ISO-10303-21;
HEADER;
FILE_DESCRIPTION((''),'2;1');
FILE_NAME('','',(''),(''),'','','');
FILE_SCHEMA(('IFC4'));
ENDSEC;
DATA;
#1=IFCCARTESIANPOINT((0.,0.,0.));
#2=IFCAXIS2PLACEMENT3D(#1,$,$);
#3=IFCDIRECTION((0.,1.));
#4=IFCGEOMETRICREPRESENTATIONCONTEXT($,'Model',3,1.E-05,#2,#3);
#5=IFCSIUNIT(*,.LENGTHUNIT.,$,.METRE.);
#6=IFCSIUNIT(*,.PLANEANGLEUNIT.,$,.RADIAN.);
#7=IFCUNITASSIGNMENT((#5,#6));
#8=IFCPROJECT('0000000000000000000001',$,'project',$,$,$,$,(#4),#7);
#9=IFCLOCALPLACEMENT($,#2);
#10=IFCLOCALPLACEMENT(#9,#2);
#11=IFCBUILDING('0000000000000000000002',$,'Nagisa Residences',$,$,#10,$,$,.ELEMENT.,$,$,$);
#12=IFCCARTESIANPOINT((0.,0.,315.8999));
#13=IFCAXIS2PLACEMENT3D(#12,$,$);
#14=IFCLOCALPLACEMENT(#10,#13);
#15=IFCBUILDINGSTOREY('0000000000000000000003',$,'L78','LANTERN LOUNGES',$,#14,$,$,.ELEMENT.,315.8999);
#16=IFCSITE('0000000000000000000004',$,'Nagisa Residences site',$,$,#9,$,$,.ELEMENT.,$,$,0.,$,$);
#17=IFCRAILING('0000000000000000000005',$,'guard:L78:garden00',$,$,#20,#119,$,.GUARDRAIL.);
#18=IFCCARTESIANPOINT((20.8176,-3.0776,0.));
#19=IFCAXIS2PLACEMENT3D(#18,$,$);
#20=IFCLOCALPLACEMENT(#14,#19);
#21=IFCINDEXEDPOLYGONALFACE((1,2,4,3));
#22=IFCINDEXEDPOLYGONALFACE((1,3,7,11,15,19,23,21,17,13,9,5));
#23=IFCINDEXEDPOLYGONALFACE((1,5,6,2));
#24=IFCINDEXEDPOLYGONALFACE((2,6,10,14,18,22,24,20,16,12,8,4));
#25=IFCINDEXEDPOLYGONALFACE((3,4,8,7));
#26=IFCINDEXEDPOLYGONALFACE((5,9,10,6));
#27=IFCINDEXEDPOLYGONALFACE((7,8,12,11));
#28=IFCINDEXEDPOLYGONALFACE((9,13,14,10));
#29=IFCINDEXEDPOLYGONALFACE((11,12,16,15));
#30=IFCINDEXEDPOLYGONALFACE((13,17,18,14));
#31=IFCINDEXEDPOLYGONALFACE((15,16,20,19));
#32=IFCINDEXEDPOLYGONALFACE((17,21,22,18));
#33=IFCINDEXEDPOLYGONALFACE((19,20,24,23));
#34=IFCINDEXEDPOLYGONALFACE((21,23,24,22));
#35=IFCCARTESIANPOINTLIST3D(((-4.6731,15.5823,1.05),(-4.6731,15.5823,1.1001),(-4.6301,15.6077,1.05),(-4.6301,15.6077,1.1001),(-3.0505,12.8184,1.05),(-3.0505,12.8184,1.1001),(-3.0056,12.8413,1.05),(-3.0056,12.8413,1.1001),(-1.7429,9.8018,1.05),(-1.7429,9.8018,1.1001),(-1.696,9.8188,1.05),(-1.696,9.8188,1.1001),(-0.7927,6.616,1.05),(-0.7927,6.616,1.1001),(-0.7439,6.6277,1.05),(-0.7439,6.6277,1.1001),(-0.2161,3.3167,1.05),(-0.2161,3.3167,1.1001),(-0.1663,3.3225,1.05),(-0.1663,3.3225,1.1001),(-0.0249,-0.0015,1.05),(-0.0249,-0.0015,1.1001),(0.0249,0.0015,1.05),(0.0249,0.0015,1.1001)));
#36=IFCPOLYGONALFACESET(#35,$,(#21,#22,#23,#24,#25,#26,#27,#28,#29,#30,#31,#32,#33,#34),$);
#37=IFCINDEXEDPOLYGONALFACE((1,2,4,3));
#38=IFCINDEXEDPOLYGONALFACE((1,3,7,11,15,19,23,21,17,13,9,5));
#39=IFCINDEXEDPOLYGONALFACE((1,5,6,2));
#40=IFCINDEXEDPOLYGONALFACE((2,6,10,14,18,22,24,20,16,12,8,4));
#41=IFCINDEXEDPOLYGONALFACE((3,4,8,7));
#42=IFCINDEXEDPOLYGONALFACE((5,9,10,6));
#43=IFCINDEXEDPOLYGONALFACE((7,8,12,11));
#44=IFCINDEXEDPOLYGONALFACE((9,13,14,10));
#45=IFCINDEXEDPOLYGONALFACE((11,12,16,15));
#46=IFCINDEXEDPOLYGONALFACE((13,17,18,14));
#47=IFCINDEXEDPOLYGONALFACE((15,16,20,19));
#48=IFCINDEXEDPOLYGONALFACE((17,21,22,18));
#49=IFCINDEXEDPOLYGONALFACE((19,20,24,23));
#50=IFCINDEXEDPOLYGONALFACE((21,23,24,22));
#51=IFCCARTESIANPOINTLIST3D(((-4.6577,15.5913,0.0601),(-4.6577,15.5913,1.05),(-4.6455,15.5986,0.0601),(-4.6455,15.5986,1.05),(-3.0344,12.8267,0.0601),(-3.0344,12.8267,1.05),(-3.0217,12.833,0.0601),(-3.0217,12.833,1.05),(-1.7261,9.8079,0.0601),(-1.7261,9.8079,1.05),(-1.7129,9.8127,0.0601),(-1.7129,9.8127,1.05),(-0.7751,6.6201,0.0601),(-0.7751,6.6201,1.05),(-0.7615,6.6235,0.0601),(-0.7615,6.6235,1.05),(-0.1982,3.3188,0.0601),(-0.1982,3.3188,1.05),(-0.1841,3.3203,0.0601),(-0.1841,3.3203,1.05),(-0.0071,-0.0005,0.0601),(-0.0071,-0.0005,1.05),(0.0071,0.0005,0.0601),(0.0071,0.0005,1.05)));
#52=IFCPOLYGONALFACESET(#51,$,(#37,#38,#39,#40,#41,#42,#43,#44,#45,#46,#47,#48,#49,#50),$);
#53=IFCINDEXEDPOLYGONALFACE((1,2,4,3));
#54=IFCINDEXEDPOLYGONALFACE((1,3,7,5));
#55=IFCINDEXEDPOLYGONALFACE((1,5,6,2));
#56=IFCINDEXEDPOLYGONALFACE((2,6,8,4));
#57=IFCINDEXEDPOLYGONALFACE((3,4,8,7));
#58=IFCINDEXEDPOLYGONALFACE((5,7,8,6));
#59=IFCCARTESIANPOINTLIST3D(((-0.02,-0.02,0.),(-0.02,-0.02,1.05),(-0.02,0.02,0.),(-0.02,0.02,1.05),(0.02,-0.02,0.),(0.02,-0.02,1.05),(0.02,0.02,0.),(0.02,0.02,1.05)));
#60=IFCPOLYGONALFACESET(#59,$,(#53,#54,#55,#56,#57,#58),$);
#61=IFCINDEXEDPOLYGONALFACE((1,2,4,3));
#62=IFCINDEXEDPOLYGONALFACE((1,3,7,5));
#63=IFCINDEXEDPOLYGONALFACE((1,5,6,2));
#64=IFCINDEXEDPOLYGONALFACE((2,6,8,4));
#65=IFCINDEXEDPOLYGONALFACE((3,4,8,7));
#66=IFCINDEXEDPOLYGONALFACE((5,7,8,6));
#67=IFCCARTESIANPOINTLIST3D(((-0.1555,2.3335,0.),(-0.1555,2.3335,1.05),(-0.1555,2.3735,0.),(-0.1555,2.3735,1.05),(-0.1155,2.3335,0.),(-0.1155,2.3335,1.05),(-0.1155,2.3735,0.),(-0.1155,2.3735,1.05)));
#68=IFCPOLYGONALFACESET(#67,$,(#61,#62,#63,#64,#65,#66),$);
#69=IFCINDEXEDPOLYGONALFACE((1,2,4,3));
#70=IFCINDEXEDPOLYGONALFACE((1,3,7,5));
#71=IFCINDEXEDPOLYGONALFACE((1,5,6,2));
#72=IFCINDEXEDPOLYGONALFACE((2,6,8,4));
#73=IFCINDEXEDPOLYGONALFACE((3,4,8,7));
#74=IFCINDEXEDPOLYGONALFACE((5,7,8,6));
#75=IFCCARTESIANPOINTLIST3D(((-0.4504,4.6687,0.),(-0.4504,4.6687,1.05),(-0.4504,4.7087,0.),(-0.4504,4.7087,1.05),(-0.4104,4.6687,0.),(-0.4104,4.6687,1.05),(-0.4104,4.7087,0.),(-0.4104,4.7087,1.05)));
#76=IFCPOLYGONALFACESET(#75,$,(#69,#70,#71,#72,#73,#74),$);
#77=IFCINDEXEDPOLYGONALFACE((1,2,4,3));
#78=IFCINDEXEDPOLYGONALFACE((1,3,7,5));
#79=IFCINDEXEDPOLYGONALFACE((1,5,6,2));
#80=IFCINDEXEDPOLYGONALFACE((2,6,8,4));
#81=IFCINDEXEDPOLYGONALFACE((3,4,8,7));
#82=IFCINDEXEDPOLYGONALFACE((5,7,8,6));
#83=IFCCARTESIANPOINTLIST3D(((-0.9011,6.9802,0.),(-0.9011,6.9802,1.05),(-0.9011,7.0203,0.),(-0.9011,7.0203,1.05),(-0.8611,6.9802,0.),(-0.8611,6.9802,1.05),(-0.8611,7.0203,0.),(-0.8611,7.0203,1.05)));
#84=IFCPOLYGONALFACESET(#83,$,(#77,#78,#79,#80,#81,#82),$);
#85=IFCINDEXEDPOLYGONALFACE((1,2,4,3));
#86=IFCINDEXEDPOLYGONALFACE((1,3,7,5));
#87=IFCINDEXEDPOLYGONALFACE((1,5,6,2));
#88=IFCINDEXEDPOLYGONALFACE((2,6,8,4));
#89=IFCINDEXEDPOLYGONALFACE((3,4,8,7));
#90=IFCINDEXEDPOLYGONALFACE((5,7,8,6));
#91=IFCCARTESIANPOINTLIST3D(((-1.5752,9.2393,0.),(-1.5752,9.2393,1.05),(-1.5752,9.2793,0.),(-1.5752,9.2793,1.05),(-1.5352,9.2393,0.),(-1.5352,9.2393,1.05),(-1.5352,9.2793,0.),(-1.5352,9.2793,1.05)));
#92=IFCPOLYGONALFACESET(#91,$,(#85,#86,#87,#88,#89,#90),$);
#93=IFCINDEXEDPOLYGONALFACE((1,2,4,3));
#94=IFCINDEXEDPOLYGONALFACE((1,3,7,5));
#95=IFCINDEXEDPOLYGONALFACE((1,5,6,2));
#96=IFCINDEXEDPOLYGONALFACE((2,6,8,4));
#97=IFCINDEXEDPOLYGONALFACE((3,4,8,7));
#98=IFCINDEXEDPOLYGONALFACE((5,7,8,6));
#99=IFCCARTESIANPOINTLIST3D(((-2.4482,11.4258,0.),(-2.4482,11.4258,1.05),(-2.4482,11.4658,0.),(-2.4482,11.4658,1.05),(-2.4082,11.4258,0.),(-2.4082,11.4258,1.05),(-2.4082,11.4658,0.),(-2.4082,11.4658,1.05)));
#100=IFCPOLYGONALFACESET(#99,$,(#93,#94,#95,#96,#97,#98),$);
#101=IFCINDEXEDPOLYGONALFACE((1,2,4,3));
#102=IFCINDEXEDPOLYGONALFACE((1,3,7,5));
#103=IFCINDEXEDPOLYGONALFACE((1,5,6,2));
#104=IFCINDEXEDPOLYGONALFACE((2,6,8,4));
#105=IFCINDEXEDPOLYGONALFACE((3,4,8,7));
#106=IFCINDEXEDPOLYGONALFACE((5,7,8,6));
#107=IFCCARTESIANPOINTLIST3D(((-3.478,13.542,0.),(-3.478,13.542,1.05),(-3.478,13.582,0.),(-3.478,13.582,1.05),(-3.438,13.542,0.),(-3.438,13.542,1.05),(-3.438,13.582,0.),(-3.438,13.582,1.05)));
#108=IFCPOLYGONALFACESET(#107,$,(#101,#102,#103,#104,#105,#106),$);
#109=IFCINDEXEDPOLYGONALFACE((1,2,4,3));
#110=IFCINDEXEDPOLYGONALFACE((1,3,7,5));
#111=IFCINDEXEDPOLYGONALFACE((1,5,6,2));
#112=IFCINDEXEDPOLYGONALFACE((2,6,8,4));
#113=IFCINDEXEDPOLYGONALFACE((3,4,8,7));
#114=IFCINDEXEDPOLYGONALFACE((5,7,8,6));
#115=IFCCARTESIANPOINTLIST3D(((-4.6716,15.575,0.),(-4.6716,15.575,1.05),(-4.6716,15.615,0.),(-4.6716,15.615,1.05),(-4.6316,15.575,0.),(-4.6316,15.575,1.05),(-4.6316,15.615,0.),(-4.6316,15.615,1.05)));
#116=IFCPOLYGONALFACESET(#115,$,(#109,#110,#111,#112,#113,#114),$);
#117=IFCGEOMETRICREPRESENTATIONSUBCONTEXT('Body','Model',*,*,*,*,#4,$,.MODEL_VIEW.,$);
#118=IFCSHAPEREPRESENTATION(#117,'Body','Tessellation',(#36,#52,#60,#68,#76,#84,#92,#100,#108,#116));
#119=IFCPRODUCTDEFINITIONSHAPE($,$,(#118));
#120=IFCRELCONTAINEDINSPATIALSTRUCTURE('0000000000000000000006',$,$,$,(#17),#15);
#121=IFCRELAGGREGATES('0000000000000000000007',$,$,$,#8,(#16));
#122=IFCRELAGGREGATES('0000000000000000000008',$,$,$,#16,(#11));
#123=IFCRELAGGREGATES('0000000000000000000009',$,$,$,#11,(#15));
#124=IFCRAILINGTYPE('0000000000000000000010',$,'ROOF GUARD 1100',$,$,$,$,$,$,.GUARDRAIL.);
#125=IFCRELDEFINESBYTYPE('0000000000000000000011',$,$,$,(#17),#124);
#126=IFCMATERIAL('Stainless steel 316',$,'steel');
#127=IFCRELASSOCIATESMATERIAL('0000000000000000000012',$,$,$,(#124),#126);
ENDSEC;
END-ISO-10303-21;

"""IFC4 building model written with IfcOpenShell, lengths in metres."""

from ifc_helpers import new_model, si_unit, direction, frame, origin, origin_2d, place, context, subcontext, project, spatial, polyline, rectangle, outline, extrude, material, type_object, element, save


model = new_model("IFC4")

# Units and contexts
model_context = context("Model", 3, precision=1e-05, world=origin(), true_north=direction((0.0, 1.0)))
body_context = subcontext(model_context, "Body", "Model", "MODEL_VIEW")
ifc_project = project(units=[si_unit("LENGTHUNIT", "METRE"), si_unit("PLANEANGLEUNIT", "RADIAN")], contexts=[model_context])

# Site, building, storey
site_placement = place(None, origin())
site = spatial("IfcSite", under=ifc_project, at=site_placement, Name="Nagisa Residences site", CompositionType="ELEMENT", RefElevation=0.0)
building_placement = place(site_placement, origin())
building = spatial("IfcBuilding", under=site, at=building_placement, Name="Nagisa Residences", CompositionType="ELEMENT")
storey_placement = place(building_placement, frame((0.0, 0.0, 315.8999)))
storey = spatial("IfcBuildingStorey", under=building, at=storey_placement, Name="L78", Description="LANTERN LOUNGES", CompositionType="ELEMENT", Elevation=315.8999)

# Railing
ifc_material_1 = material(Name="Stainless steel 316", Category="steel")
railing_type_1 = type_object("IfcRailingType", Name="ROOF GUARD 1100", PredefinedType="GUARDRAIL", material=ifc_material_1)
railing_1_placement = place(storey_placement, frame((20.8176, -3.0776, 0.0)))
element("IfcRailing", 1, at=railing_1_placement, inside=storey, type_object=railing_type_1, Name="guard:L78:garden00", PredefinedType="GUARDRAIL", context=body_context, shape_type="SweptSolid", body=[
    extrude(outline(polyline([(-0.2161, 3.3167), (-0.0249, -0.0015), (0.0249, 0.0015), (-0.1663, 3.3225), (-0.7439, 6.6277), (-1.696, 9.8188), (-3.0056, 12.8413), (-4.6301, 15.6077), (-4.6731, 15.5823), (-3.0505, 12.8184), (-1.7429, 9.8018), (-0.7927, 6.616), (-0.2161, 3.3167)])), frame((0.0, 0.0, 1.05)), (0.0, 0.0, 1.0), 0.05),
    extrude(outline(polyline([(-0.1982, 3.3188), (-0.0071, -0.0005), (0.0071, 0.0005), (-0.1841, 3.3203), (-0.7615, 6.6235), (-1.7129, 9.8127), (-3.0217, 12.833), (-4.6455, 15.5986), (-4.6577, 15.5913), (-3.0344, 12.8267), (-1.7261, 9.8079), (-0.7751, 6.6201), (-0.1982, 3.3188)])), frame((0.0, 0.0, 0.0601)), (0.0, 0.0, 1.0), 0.99),
    extrude(rectangle(XDim=0.04, YDim=0.04, at=origin_2d()), origin(), (0.0, 0.0, 1.0), 1.05),
    extrude(rectangle(XDim=0.04, YDim=0.04, at=origin_2d()), frame((-0.1355, 2.3535, 0.0)), (0.0, 0.0, 1.0), 1.05),
    extrude(rectangle(XDim=0.04, YDim=0.04, at=origin_2d()), frame((-0.4304, 4.6887, 0.0)), (0.0, 0.0, 1.0), 1.05),
    extrude(rectangle(XDim=0.04, YDim=0.04, at=origin_2d()), frame((-0.8811, 7.0002, 0.0)), (0.0, 0.0, 1.0), 1.05),
    extrude(rectangle(XDim=0.04, YDim=0.04, at=origin_2d()), frame((-1.5552, 9.2593, 0.0)), (0.0, 0.0, 1.0), 1.05),
    extrude(rectangle(XDim=0.04, YDim=0.04, at=origin_2d()), frame((-2.4282, 11.4458, 0.0)), (0.0, 0.0, 1.0), 1.05),
    extrude(rectangle(XDim=0.04, YDim=0.04, at=origin_2d()), frame((-3.458, 13.562, 0.0)), (0.0, 0.0, 1.0), 1.05),
    extrude(rectangle(XDim=0.04, YDim=0.04, at=origin_2d()), frame((-4.6516, 15.595, 0.0)), (0.0, 0.0, 1.0), 1.05),
])

save(model, "model.ifc")
